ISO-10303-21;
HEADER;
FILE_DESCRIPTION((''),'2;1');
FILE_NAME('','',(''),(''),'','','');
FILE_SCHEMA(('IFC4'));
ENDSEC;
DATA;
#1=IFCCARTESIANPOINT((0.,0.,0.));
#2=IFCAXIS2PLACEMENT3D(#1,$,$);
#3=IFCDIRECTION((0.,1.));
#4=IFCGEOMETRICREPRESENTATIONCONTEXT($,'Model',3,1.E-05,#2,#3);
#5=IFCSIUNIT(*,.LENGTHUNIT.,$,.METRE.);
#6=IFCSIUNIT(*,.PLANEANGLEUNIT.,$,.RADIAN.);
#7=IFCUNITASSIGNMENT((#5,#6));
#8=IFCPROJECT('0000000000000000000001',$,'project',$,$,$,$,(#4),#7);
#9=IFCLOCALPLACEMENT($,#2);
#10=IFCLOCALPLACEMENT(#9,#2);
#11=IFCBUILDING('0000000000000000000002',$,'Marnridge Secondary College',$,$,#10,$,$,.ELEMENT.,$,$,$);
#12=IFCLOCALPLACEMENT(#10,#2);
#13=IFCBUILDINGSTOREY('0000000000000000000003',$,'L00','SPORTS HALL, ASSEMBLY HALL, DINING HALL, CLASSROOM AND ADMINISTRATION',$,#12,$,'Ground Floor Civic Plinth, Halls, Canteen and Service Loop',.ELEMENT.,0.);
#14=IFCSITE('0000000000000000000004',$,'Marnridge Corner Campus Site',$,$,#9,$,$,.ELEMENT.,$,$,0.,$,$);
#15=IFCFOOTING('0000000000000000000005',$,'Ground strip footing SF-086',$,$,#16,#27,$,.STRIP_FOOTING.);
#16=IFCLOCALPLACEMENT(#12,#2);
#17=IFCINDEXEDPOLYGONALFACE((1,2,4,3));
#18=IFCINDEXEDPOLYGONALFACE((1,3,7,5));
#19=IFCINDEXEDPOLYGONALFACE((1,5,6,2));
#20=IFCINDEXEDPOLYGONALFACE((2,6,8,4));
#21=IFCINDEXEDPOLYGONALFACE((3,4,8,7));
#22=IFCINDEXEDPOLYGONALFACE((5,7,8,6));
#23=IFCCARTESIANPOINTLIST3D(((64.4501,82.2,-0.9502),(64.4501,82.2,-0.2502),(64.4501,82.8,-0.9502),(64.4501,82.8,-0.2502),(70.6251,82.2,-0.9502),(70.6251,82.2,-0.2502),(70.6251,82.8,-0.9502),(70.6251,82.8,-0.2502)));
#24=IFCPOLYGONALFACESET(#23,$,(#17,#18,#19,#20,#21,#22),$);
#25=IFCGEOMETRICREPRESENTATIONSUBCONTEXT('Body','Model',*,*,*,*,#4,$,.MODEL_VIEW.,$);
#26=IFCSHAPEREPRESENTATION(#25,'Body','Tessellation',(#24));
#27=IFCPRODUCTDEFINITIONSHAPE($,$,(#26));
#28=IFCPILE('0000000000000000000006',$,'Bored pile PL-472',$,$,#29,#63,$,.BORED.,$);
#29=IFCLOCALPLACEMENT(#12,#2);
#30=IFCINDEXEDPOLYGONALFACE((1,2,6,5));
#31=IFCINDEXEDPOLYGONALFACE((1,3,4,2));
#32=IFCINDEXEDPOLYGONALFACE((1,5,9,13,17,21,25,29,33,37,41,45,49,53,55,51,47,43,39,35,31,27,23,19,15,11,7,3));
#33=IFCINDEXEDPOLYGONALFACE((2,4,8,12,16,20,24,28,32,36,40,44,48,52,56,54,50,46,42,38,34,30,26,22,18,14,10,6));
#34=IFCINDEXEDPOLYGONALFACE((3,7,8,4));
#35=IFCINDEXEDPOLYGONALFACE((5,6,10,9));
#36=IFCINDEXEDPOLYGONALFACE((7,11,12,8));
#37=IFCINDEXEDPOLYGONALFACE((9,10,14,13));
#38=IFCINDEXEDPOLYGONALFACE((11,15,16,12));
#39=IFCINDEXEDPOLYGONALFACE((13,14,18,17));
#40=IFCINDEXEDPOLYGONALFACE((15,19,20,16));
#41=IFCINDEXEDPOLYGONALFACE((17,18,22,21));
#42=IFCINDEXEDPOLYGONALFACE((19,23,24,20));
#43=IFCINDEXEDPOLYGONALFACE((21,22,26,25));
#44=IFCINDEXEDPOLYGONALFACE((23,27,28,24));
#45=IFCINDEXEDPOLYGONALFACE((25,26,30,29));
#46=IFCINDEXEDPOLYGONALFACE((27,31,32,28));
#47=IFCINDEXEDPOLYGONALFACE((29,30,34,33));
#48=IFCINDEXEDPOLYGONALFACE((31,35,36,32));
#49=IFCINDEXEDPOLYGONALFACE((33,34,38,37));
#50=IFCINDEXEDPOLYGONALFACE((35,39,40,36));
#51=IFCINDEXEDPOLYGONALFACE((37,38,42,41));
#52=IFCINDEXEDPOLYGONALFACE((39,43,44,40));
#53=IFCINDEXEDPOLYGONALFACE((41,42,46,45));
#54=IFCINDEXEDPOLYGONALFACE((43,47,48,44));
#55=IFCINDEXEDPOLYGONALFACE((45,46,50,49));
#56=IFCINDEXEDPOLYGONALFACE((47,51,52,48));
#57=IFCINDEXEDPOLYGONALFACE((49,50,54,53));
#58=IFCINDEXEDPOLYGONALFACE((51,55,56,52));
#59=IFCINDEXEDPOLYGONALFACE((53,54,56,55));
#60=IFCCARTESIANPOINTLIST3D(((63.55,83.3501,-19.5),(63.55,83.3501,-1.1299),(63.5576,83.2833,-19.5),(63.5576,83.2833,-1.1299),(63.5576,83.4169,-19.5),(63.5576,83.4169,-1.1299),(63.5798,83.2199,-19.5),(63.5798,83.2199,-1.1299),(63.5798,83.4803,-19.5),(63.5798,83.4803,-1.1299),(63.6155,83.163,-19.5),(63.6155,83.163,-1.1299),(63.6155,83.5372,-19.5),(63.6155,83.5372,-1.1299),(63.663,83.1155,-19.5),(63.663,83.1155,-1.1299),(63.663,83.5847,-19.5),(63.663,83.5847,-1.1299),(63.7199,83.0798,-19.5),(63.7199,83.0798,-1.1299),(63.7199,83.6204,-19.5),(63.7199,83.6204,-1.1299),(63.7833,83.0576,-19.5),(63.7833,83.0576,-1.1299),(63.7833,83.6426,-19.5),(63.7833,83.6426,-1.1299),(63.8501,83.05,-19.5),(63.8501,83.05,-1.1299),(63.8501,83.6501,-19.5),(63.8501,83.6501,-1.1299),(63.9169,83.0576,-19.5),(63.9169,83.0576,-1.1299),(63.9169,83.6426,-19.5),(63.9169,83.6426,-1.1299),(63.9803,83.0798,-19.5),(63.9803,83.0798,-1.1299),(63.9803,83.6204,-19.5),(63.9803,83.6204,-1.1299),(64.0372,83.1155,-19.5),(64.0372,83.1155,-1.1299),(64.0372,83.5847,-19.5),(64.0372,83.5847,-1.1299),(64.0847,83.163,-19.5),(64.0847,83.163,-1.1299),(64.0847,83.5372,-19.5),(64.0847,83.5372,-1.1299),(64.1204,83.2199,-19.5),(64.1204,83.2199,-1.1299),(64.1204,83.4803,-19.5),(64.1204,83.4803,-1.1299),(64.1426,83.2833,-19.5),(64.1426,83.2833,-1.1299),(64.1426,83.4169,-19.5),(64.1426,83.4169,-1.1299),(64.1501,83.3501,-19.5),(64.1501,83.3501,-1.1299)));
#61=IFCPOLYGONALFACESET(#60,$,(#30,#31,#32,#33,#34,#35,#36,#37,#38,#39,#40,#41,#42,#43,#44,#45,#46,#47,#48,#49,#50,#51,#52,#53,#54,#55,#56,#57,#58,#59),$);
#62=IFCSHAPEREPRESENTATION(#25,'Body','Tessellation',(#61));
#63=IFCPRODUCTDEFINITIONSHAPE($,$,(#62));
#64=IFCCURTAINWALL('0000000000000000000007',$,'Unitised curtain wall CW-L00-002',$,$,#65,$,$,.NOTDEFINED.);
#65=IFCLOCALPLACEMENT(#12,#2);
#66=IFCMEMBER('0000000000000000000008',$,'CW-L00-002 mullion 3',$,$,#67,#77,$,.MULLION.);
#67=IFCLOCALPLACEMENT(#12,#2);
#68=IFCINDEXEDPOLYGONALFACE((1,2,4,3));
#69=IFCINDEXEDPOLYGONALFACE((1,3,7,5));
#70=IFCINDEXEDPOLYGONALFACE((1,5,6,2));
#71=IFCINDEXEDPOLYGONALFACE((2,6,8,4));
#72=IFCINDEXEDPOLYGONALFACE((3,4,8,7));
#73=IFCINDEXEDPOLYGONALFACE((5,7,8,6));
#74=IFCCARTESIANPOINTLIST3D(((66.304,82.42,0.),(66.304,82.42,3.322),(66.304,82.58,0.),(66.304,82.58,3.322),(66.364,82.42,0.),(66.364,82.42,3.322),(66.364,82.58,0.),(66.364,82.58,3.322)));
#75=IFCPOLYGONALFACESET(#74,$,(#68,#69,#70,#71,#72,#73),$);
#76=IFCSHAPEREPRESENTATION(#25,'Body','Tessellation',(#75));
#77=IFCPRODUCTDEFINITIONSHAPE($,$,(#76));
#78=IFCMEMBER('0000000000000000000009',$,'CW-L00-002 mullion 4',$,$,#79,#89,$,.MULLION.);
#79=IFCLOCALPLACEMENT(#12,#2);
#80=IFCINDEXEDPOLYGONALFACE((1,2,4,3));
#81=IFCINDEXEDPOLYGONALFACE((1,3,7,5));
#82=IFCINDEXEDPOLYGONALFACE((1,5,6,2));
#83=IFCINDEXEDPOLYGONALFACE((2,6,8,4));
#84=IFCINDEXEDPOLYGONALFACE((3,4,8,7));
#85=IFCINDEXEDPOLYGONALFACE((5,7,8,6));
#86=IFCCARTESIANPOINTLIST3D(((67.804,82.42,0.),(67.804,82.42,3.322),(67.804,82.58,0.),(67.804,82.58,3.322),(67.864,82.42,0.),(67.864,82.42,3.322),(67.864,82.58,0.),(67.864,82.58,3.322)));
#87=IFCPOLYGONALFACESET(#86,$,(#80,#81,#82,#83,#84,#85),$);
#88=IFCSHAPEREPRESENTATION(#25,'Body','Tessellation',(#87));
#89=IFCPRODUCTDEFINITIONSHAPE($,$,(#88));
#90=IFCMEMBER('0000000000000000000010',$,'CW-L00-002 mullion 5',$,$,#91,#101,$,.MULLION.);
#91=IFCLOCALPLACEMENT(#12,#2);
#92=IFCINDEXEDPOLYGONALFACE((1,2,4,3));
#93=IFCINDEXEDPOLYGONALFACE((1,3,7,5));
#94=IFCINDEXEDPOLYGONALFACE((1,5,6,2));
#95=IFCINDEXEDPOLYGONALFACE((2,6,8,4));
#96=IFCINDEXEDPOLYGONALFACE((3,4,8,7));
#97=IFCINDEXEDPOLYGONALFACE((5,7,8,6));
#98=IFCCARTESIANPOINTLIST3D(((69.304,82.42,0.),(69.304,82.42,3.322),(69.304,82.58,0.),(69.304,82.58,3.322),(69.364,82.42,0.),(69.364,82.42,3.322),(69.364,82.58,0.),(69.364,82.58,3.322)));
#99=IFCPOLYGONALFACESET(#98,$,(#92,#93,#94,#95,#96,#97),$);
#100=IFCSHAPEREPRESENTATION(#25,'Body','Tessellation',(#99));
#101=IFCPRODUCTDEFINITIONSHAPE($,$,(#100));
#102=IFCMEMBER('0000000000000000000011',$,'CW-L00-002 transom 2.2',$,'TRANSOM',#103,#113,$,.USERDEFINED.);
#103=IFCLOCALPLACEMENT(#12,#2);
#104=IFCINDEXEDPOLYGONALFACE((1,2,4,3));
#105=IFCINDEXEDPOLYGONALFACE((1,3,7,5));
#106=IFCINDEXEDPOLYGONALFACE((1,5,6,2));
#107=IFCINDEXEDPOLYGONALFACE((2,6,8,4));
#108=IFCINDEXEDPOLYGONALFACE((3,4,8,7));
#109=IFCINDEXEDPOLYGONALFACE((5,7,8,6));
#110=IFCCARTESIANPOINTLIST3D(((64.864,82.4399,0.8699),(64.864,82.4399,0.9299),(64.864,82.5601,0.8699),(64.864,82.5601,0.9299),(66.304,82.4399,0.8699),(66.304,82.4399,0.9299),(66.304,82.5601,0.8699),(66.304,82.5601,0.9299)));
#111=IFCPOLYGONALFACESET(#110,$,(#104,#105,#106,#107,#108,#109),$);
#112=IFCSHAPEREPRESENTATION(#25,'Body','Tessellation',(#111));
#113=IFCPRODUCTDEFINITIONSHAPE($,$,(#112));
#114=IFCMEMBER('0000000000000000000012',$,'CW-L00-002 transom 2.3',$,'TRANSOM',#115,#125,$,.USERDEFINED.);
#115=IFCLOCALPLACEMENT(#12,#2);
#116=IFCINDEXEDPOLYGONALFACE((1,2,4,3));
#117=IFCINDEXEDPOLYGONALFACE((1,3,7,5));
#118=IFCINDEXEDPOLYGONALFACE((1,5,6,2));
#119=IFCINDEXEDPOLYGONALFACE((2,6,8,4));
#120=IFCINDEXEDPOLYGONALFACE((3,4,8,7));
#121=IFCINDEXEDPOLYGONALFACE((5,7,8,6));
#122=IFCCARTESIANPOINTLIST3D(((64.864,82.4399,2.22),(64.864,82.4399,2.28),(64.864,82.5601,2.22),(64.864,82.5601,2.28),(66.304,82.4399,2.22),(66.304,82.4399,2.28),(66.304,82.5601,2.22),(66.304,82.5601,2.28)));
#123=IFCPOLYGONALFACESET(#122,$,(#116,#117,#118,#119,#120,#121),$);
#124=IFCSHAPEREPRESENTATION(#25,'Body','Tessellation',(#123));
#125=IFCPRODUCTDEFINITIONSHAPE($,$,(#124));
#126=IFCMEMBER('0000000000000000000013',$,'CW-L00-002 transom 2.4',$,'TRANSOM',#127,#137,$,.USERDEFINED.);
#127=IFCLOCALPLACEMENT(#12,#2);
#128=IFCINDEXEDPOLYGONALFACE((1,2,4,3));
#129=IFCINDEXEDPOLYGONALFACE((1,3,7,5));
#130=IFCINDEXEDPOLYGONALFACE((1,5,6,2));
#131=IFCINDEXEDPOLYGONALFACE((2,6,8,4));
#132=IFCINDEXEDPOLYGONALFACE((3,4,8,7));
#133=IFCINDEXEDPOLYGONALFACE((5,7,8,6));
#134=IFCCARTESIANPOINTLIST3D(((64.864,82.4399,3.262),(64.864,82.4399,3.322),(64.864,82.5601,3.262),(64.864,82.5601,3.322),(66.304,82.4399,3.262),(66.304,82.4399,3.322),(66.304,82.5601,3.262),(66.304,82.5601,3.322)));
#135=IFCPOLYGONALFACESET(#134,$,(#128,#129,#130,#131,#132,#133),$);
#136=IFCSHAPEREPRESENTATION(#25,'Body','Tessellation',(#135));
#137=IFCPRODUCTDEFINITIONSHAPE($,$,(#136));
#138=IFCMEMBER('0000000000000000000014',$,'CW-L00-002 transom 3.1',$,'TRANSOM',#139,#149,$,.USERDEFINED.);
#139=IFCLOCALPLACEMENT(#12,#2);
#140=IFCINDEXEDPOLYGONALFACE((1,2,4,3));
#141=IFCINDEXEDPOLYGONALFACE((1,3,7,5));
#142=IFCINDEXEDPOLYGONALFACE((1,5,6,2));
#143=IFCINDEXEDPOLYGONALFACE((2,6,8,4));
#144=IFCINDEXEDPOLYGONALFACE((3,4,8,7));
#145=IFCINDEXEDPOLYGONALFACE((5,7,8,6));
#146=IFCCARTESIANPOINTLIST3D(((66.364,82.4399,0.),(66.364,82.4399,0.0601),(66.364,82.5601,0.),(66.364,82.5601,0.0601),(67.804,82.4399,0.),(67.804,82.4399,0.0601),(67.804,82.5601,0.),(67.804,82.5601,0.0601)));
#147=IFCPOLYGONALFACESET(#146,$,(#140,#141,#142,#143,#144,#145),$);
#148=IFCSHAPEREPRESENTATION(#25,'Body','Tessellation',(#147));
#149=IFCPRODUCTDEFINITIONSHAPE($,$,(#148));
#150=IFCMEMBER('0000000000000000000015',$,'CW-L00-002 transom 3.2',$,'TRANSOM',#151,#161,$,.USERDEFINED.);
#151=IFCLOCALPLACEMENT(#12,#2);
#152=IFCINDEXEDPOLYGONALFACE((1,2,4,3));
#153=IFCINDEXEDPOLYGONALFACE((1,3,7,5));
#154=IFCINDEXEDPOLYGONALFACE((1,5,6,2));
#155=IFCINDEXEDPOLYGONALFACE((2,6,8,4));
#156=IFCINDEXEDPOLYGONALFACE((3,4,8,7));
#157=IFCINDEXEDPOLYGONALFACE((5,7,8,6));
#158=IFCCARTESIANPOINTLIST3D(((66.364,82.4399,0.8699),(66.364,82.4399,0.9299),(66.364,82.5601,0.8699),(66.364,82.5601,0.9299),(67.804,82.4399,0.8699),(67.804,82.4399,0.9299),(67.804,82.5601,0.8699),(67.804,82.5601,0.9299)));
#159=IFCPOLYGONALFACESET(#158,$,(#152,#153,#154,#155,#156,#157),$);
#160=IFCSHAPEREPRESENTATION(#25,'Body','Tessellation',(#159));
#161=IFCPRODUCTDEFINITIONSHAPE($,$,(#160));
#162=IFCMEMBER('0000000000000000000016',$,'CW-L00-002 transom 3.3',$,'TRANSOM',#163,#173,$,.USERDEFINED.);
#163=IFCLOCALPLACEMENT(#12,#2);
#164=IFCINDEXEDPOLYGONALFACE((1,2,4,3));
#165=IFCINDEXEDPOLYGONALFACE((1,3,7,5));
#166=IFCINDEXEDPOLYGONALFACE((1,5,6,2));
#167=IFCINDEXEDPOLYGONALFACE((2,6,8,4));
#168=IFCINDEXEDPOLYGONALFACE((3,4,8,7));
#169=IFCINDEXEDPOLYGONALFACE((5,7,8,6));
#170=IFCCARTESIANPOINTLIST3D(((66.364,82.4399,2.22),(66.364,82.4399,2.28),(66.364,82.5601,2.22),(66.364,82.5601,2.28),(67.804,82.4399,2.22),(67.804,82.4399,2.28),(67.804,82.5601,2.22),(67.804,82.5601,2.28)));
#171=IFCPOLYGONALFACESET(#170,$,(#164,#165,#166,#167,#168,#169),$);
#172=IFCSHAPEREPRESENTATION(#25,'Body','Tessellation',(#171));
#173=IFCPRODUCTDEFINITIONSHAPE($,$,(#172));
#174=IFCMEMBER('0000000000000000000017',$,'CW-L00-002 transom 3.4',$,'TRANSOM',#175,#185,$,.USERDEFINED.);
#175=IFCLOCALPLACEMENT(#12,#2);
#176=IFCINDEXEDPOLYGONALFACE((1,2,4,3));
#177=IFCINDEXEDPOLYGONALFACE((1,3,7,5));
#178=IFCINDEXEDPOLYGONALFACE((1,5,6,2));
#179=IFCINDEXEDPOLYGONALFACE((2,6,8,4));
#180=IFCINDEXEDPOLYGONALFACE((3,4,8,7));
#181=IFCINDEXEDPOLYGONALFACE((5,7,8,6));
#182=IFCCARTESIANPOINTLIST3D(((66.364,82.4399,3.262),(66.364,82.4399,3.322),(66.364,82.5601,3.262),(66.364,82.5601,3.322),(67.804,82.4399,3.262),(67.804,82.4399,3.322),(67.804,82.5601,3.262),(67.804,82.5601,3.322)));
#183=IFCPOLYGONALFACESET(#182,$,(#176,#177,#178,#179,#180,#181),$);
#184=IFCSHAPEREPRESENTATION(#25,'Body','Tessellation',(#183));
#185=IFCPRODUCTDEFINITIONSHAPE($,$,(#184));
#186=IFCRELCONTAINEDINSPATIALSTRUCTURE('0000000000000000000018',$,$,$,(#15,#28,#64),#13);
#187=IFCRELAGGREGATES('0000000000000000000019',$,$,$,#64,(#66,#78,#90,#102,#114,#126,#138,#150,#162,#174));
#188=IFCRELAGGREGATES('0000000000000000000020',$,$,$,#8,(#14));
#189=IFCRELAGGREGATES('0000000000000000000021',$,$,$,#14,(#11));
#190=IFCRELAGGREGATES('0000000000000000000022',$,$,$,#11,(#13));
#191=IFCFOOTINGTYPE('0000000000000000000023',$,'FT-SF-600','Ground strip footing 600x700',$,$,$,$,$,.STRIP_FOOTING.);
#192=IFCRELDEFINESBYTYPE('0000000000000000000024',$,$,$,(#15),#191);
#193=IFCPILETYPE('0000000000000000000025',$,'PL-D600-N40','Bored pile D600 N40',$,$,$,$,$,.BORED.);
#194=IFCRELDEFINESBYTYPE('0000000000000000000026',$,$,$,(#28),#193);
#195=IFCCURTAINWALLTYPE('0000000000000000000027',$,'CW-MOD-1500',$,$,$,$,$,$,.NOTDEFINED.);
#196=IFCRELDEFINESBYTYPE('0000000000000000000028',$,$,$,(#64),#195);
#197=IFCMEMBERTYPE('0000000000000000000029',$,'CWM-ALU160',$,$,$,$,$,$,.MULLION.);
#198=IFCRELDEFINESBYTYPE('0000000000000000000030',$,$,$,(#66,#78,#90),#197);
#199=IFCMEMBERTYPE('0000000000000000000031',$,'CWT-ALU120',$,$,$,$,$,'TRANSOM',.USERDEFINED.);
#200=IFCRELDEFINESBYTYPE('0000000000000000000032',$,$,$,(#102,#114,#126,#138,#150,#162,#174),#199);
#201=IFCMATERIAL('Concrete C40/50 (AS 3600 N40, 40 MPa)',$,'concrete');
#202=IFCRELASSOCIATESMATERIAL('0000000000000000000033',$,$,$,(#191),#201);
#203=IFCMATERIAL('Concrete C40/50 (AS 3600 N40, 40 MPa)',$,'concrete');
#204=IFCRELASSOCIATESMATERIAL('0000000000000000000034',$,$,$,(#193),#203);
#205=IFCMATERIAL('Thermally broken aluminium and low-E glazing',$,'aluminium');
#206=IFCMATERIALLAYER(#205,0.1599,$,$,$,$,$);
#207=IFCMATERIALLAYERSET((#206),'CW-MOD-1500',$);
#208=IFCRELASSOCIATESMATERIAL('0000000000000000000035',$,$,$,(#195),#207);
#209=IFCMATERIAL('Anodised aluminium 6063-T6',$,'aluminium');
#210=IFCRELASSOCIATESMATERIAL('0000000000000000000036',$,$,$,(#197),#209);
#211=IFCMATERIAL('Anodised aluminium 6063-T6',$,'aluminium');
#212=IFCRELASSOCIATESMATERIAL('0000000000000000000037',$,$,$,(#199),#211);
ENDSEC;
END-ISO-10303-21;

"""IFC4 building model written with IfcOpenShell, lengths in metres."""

from ifc_helpers import new_model, si_unit, direction, frame, origin, origin_2d, place, context, subcontext, project, spatial, rectangle, circle, extrude, material, layer, layer_set, material_profile, profile_set, type_object, element, aggregate, save


model = new_model("IFC4")

# Units and contexts
model_context = context("Model", 3, precision=1e-05, world=origin(), true_north=direction((0.0, 1.0)))
body_context = subcontext(model_context, "Body", "Model", "MODEL_VIEW")
ifc_project = project(units=[si_unit("LENGTHUNIT", "METRE"), si_unit("PLANEANGLEUNIT", "RADIAN")], contexts=[model_context])

# Site, building, storey
site_placement = place(None, origin())
site = spatial("IfcSite", under=ifc_project, at=site_placement, Name="Marnridge Corner Campus Site", CompositionType="ELEMENT", RefElevation=0.0)
building_placement = place(site_placement, origin())
building = spatial("IfcBuilding", under=site, at=building_placement, Name="Marnridge Secondary College", CompositionType="ELEMENT")
storey_placement = place(building_placement, origin())
storey = spatial("IfcBuildingStorey", under=building, at=storey_placement, Name="L00", Description="SPORTS HALL, ASSEMBLY HALL, DINING HALL, CLASSROOM AND ADMINISTRATION", LongName="Ground Floor Civic Plinth, Halls, Canteen and Service Loop", CompositionType="ELEMENT", Elevation=0.0)

# Footing
ifc_material_1 = material(Name="Concrete C40/50 (AS 3600 N40, 40 MPa)", Category="concrete")
footing_type = type_object("IfcFootingType", Name="FT-SF-600", Description="Ground strip footing 600x700", PredefinedType="STRIP_FOOTING", material=ifc_material_1)
footing_placement = place(storey_placement, frame((67.5376, 82.5, -0.9502), z_axis=(0.0, 0.0, 1.0), x_axis=(1.0, 0.0, 0.0)))
element("IfcFooting", 1, at=footing_placement, inside=storey, type_object=footing_type, Name="Ground strip footing SF-086", PredefinedType="STRIP_FOOTING", context=body_context, shape_type="SweptSolid", body=[
    extrude(rectangle(XDim=6.175, YDim=0.6001, at=origin_2d()), origin(), (0.0, 0.0, 1.0), 0.7),
])

# Pile
ifc_material_2 = material(Name="Concrete C40/50 (AS 3600 N40, 40 MPa)", Category="concrete")
ifc_material_profile_1 = material_profile(ifc_material_2, circle(Radius=0.3, at=origin_2d()), Name="PILE D600")
ifc_profile_set_1 = profile_set([ifc_material_profile_1], Name="Concrete C40/50 (AS 3600 N40, 40 MPa)")
pile_type = type_object("IfcPileType", Name="PL-D600-N40", Description="Bored pile D600 N40", PredefinedType="BORED", material=ifc_profile_set_1)
pile_placement = place(storey_placement, frame((63.8501, 83.3501, -1.1299), z_axis=(0.0, 0.0, -1.0), x_axis=(1.0, 0.0, 0.0)))
element("IfcPile", 2, at=pile_placement, inside=storey, type_object=pile_type, Name="Bored pile PL-472", PredefinedType="BORED", context=body_context, shape_type="SweptSolid", body=[
    extrude(circle(Radius=0.3, at=origin_2d()), origin(), (0.0, 0.0, 1.0), 18.3701),
])

# Curtain wall, members
ifc_material_3 = material(Name="Thermally broken aluminium and low-E glazing", Category="aluminium")
ifc_layer_1 = layer(ifc_material_3, 0.1599)
ifc_layer_set_1 = layer_set([ifc_layer_1], Name="CW-MOD-1500")
curtain_wall_type = type_object("IfcCurtainWallType", Name="CW-MOD-1500", PredefinedType="NOTDEFINED", material=ifc_layer_set_1)
curtain_wall_placement = place(storey_placement, origin())
curtain_wall = element("IfcCurtainWall", 3, at=curtain_wall_placement, inside=storey, type_object=curtain_wall_type, Name="Unitised curtain wall CW-L00-002", PredefinedType="NOTDEFINED")
ifc_material_4 = material(Name="Anodised aluminium 6063-T6", Category="aluminium")
ifc_material_profile_2 = material_profile(ifc_material_4, rectangle(XDim=0.0601, YDim=0.1599, at=origin_2d()), Name="ALU 60x160")
ifc_profile_set_2 = profile_set([ifc_material_profile_2], Name="Anodised aluminium 6063-T6")
member_type_1 = type_object("IfcMemberType", Name="CWM-ALU160", PredefinedType="MULLION", material=ifc_profile_set_2)
member_1_placement = place(storey_placement, frame((66.334, 82.5, 0.0), z_axis=(0.0, 0.0, 1.0), x_axis=(1.0, 0.0, 0.0)))
member_1 = element("IfcMember", 4, at=member_1_placement, type_object=member_type_1, Name="CW-L00-002 mullion 3", PredefinedType="MULLION", context=body_context, shape_type="SweptSolid", body=[
    extrude(rectangle(XDim=0.0601, YDim=0.1599, at=origin_2d()), origin(), (0.0, 0.0, 1.0), 3.322),
])
member_2_placement = place(storey_placement, frame((67.834, 82.5, 0.0), z_axis=(0.0, 0.0, 1.0), x_axis=(1.0, 0.0, 0.0)))
member_2 = element("IfcMember", 5, at=member_2_placement, type_object=member_type_1, Name="CW-L00-002 mullion 4", PredefinedType="MULLION", context=body_context, shape_type="SweptSolid", body=[
    extrude(rectangle(XDim=0.0601, YDim=0.1599, at=origin_2d()), origin(), (0.0, 0.0, 1.0), 3.322),
])
member_3_placement = place(storey_placement, frame((69.334, 82.5, 0.0), z_axis=(0.0, 0.0, 1.0), x_axis=(1.0, 0.0, 0.0)))
member_3 = element("IfcMember", 6, at=member_3_placement, type_object=member_type_1, Name="CW-L00-002 mullion 5", PredefinedType="MULLION", context=body_context, shape_type="SweptSolid", body=[
    extrude(rectangle(XDim=0.0601, YDim=0.1599, at=origin_2d()), origin(), (0.0, 0.0, 1.0), 3.322),
])
ifc_material_5 = material(Name="Anodised aluminium 6063-T6", Category="aluminium")
ifc_material_profile_3 = material_profile(ifc_material_5, rectangle(XDim=0.0601, YDim=0.1201, at=origin_2d()), Name="ALU 60x120")
ifc_profile_set_3 = profile_set([ifc_material_profile_3], Name="Anodised aluminium 6063-T6")
member_type_2 = type_object("IfcMemberType", Name="CWT-ALU120", ElementType="TRANSOM", PredefinedType="USERDEFINED", material=ifc_profile_set_3)
member_4_placement = place(storey_placement, frame((64.864, 82.5, 0.8999), z_axis=(1.0, 0.0, 0.0), x_axis=(0.0, 0.0, 1.0)))
member_4 = element("IfcMember", 7, at=member_4_placement, type_object=member_type_2, Name="CW-L00-002 transom 2.2", ObjectType="TRANSOM", PredefinedType="USERDEFINED", context=body_context, shape_type="SweptSolid", body=[
    extrude(rectangle(XDim=0.0601, YDim=0.1201, at=origin_2d()), origin(), (0.0, 0.0, 1.0), 1.4399),
])
member_5_placement = place(storey_placement, frame((64.864, 82.5, 2.25), z_axis=(1.0, 0.0, 0.0), x_axis=(0.0, 0.0, 1.0)))
member_5 = element("IfcMember", 8, at=member_5_placement, type_object=member_type_2, Name="CW-L00-002 transom 2.3", ObjectType="TRANSOM", PredefinedType="USERDEFINED", context=body_context, shape_type="SweptSolid", body=[
    extrude(rectangle(XDim=0.0601, YDim=0.1201, at=origin_2d()), origin(), (0.0, 0.0, 1.0), 1.4399),
])
member_6_placement = place(storey_placement, frame((64.864, 82.5, 3.292), z_axis=(1.0, 0.0, 0.0), x_axis=(0.0, 0.0, 1.0)))
member_6 = element("IfcMember", 9, at=member_6_placement, type_object=member_type_2, Name="CW-L00-002 transom 2.4", ObjectType="TRANSOM", PredefinedType="USERDEFINED", context=body_context, shape_type="SweptSolid", body=[
    extrude(rectangle(XDim=0.0601, YDim=0.1201, at=origin_2d()), origin(), (0.0, 0.0, 1.0), 1.4399),
])
member_7_placement = place(storey_placement, frame((66.364, 82.5, 0.03), z_axis=(1.0, 0.0, 0.0), x_axis=(0.0, 0.0, 1.0)))
member_7 = element("IfcMember", 10, at=member_7_placement, type_object=member_type_2, Name="CW-L00-002 transom 3.1", ObjectType="TRANSOM", PredefinedType="USERDEFINED", context=body_context, shape_type="SweptSolid", body=[
    extrude(rectangle(XDim=0.0601, YDim=0.1201, at=origin_2d()), origin(), (0.0, 0.0, 1.0), 1.4399),
])
member_8_placement = place(storey_placement, frame((66.364, 82.5, 0.8999), z_axis=(1.0, 0.0, 0.0), x_axis=(0.0, 0.0, 1.0)))
member_8 = element("IfcMember", 11, at=member_8_placement, type_object=member_type_2, Name="CW-L00-002 transom 3.2", ObjectType="TRANSOM", PredefinedType="USERDEFINED", context=body_context, shape_type="SweptSolid", body=[
    extrude(rectangle(XDim=0.0601, YDim=0.1201, at=origin_2d()), origin(), (0.0, 0.0, 1.0), 1.4399),
])
member_9_placement = place(storey_placement, frame((66.364, 82.5, 2.25), z_axis=(1.0, 0.0, 0.0), x_axis=(0.0, 0.0, 1.0)))
member_9 = element("IfcMember", 12, at=member_9_placement, type_object=member_type_2, Name="CW-L00-002 transom 3.3", ObjectType="TRANSOM", PredefinedType="USERDEFINED", context=body_context, shape_type="SweptSolid", body=[
    extrude(rectangle(XDim=0.0601, YDim=0.1201, at=origin_2d()), origin(), (0.0, 0.0, 1.0), 1.4399),
])
member_10_placement = place(storey_placement, frame((66.364, 82.5, 3.292), z_axis=(1.0, 0.0, 0.0), x_axis=(0.0, 0.0, 1.0)))
member_10 = element("IfcMember", 13, at=member_10_placement, type_object=member_type_2, Name="CW-L00-002 transom 3.4", ObjectType="TRANSOM", PredefinedType="USERDEFINED", context=body_context, shape_type="SweptSolid", body=[
    extrude(rectangle(XDim=0.0601, YDim=0.1201, at=origin_2d()), origin(), (0.0, 0.0, 1.0), 1.4399),
])
aggregate(curtain_wall, [member_1, member_2, member_3, member_4, member_5, member_6, member_7, member_8, member_9, member_10])

save(model, "model.ifc")
